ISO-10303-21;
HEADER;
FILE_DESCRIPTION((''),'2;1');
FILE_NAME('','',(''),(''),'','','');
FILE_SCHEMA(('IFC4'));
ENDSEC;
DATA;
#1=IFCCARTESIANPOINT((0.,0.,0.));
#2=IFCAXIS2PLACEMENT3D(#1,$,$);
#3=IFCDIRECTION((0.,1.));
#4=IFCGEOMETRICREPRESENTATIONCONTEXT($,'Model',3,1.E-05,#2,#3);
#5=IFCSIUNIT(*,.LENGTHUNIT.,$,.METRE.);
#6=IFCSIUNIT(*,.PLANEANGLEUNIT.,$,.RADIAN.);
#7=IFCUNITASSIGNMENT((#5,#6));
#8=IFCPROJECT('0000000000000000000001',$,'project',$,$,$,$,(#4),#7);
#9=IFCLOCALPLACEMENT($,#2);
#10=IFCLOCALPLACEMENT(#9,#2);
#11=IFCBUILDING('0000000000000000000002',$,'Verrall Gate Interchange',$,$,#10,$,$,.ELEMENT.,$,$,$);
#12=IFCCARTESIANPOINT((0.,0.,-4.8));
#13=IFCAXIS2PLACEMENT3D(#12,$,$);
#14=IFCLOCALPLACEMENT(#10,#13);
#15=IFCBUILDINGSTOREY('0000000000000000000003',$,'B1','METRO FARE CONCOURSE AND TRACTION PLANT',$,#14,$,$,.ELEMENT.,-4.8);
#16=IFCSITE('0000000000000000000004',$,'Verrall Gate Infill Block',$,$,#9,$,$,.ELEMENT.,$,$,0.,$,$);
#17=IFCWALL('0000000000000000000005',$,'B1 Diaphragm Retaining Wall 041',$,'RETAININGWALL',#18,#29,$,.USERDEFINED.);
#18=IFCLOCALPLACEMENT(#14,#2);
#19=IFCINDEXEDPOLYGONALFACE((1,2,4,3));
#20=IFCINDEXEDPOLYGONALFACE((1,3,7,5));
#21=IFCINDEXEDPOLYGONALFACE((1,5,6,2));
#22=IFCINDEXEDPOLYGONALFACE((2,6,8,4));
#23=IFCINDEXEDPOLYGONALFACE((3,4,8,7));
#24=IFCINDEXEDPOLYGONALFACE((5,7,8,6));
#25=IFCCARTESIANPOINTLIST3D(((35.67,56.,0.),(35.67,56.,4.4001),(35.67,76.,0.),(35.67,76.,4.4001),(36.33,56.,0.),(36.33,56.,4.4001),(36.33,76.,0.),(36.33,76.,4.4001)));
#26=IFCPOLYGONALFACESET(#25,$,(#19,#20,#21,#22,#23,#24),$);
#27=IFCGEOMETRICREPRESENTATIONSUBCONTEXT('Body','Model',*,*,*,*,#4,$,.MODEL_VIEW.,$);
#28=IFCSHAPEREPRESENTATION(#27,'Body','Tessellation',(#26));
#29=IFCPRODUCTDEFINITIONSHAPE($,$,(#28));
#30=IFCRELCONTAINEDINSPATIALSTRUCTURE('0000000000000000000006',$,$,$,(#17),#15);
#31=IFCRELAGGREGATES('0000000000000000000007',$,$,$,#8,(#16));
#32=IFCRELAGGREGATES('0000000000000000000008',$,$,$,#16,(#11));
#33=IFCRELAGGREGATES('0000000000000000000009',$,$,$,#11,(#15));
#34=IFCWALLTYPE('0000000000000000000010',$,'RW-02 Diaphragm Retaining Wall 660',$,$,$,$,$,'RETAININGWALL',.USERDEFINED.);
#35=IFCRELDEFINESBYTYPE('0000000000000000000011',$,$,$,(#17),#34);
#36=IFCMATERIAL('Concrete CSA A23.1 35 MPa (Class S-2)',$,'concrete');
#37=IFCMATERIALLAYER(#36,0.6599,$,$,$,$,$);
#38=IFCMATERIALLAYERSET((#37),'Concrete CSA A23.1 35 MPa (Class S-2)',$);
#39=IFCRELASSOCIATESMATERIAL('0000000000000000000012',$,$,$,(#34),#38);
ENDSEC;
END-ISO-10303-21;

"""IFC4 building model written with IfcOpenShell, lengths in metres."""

from ifc_helpers import new_model, si_unit, direction, frame, frame_2d, origin, place, context, subcontext, project, spatial, rectangle, extrude, material, layer, layer_set, type_object, element, save


model = new_model("IFC4")

# Units and contexts
model_context = context("Model", 3, precision=1e-05, world=origin(), true_north=direction((0.0, 1.0)))
body_context = subcontext(model_context, "Body", "Model", "MODEL_VIEW")
ifc_project = project(units=[si_unit("LENGTHUNIT", "METRE"), si_unit("PLANEANGLEUNIT", "RADIAN")], contexts=[model_context])

# Site, building, storey
site_placement = place(None, origin())
site = spatial("IfcSite", under=ifc_project, at=site_placement, Name="Verrall Gate Infill Block", CompositionType="ELEMENT", RefElevation=0.0)
building_placement = place(site_placement, origin())
building = spatial("IfcBuilding", under=site, at=building_placement, Name="Verrall Gate Interchange", CompositionType="ELEMENT")
storey_placement = place(building_placement, frame((0.0, 0.0, -4.8)))
storey = spatial("IfcBuildingStorey", under=building, at=storey_placement, Name="B1", Description="METRO FARE CONCOURSE AND TRACTION PLANT", CompositionType="ELEMENT", Elevation=-4.8)

# Wall
ifc_material_1 = material(Name="Concrete CSA A23.1 35 MPa (Class S-2)", Category="concrete")
ifc_layer_1 = layer(ifc_material_1, 0.6599)
ifc_layer_set_1 = layer_set([ifc_layer_1], Name="Concrete CSA A23.1 35 MPa (Class S-2)")
wall_type_1 = type_object("IfcWallType", Name="RW-02 Diaphragm Retaining Wall 660", ElementType="RETAININGWALL", PredefinedType="USERDEFINED", material=ifc_layer_set_1)
wall_1_placement = place(storey_placement, frame((36.0, 56.0, 0.0), z_axis=(0.0, 0.0, 1.0), x_axis=(0.0, 1.0, 0.0)))
element("IfcWall", 1, at=wall_1_placement, inside=storey, type_object=wall_type_1, Name="B1 Diaphragm Retaining Wall 041", ObjectType="RETAININGWALL", PredefinedType="USERDEFINED", context=body_context, shape_type="SweptSolid", body=[
    extrude(rectangle(XDim=20.0, YDim=0.6599, at=frame_2d((10.0, 0.0))), origin(), (0.0, 0.0, 1.0), 4.4001),
])

save(model, "model.ifc")
